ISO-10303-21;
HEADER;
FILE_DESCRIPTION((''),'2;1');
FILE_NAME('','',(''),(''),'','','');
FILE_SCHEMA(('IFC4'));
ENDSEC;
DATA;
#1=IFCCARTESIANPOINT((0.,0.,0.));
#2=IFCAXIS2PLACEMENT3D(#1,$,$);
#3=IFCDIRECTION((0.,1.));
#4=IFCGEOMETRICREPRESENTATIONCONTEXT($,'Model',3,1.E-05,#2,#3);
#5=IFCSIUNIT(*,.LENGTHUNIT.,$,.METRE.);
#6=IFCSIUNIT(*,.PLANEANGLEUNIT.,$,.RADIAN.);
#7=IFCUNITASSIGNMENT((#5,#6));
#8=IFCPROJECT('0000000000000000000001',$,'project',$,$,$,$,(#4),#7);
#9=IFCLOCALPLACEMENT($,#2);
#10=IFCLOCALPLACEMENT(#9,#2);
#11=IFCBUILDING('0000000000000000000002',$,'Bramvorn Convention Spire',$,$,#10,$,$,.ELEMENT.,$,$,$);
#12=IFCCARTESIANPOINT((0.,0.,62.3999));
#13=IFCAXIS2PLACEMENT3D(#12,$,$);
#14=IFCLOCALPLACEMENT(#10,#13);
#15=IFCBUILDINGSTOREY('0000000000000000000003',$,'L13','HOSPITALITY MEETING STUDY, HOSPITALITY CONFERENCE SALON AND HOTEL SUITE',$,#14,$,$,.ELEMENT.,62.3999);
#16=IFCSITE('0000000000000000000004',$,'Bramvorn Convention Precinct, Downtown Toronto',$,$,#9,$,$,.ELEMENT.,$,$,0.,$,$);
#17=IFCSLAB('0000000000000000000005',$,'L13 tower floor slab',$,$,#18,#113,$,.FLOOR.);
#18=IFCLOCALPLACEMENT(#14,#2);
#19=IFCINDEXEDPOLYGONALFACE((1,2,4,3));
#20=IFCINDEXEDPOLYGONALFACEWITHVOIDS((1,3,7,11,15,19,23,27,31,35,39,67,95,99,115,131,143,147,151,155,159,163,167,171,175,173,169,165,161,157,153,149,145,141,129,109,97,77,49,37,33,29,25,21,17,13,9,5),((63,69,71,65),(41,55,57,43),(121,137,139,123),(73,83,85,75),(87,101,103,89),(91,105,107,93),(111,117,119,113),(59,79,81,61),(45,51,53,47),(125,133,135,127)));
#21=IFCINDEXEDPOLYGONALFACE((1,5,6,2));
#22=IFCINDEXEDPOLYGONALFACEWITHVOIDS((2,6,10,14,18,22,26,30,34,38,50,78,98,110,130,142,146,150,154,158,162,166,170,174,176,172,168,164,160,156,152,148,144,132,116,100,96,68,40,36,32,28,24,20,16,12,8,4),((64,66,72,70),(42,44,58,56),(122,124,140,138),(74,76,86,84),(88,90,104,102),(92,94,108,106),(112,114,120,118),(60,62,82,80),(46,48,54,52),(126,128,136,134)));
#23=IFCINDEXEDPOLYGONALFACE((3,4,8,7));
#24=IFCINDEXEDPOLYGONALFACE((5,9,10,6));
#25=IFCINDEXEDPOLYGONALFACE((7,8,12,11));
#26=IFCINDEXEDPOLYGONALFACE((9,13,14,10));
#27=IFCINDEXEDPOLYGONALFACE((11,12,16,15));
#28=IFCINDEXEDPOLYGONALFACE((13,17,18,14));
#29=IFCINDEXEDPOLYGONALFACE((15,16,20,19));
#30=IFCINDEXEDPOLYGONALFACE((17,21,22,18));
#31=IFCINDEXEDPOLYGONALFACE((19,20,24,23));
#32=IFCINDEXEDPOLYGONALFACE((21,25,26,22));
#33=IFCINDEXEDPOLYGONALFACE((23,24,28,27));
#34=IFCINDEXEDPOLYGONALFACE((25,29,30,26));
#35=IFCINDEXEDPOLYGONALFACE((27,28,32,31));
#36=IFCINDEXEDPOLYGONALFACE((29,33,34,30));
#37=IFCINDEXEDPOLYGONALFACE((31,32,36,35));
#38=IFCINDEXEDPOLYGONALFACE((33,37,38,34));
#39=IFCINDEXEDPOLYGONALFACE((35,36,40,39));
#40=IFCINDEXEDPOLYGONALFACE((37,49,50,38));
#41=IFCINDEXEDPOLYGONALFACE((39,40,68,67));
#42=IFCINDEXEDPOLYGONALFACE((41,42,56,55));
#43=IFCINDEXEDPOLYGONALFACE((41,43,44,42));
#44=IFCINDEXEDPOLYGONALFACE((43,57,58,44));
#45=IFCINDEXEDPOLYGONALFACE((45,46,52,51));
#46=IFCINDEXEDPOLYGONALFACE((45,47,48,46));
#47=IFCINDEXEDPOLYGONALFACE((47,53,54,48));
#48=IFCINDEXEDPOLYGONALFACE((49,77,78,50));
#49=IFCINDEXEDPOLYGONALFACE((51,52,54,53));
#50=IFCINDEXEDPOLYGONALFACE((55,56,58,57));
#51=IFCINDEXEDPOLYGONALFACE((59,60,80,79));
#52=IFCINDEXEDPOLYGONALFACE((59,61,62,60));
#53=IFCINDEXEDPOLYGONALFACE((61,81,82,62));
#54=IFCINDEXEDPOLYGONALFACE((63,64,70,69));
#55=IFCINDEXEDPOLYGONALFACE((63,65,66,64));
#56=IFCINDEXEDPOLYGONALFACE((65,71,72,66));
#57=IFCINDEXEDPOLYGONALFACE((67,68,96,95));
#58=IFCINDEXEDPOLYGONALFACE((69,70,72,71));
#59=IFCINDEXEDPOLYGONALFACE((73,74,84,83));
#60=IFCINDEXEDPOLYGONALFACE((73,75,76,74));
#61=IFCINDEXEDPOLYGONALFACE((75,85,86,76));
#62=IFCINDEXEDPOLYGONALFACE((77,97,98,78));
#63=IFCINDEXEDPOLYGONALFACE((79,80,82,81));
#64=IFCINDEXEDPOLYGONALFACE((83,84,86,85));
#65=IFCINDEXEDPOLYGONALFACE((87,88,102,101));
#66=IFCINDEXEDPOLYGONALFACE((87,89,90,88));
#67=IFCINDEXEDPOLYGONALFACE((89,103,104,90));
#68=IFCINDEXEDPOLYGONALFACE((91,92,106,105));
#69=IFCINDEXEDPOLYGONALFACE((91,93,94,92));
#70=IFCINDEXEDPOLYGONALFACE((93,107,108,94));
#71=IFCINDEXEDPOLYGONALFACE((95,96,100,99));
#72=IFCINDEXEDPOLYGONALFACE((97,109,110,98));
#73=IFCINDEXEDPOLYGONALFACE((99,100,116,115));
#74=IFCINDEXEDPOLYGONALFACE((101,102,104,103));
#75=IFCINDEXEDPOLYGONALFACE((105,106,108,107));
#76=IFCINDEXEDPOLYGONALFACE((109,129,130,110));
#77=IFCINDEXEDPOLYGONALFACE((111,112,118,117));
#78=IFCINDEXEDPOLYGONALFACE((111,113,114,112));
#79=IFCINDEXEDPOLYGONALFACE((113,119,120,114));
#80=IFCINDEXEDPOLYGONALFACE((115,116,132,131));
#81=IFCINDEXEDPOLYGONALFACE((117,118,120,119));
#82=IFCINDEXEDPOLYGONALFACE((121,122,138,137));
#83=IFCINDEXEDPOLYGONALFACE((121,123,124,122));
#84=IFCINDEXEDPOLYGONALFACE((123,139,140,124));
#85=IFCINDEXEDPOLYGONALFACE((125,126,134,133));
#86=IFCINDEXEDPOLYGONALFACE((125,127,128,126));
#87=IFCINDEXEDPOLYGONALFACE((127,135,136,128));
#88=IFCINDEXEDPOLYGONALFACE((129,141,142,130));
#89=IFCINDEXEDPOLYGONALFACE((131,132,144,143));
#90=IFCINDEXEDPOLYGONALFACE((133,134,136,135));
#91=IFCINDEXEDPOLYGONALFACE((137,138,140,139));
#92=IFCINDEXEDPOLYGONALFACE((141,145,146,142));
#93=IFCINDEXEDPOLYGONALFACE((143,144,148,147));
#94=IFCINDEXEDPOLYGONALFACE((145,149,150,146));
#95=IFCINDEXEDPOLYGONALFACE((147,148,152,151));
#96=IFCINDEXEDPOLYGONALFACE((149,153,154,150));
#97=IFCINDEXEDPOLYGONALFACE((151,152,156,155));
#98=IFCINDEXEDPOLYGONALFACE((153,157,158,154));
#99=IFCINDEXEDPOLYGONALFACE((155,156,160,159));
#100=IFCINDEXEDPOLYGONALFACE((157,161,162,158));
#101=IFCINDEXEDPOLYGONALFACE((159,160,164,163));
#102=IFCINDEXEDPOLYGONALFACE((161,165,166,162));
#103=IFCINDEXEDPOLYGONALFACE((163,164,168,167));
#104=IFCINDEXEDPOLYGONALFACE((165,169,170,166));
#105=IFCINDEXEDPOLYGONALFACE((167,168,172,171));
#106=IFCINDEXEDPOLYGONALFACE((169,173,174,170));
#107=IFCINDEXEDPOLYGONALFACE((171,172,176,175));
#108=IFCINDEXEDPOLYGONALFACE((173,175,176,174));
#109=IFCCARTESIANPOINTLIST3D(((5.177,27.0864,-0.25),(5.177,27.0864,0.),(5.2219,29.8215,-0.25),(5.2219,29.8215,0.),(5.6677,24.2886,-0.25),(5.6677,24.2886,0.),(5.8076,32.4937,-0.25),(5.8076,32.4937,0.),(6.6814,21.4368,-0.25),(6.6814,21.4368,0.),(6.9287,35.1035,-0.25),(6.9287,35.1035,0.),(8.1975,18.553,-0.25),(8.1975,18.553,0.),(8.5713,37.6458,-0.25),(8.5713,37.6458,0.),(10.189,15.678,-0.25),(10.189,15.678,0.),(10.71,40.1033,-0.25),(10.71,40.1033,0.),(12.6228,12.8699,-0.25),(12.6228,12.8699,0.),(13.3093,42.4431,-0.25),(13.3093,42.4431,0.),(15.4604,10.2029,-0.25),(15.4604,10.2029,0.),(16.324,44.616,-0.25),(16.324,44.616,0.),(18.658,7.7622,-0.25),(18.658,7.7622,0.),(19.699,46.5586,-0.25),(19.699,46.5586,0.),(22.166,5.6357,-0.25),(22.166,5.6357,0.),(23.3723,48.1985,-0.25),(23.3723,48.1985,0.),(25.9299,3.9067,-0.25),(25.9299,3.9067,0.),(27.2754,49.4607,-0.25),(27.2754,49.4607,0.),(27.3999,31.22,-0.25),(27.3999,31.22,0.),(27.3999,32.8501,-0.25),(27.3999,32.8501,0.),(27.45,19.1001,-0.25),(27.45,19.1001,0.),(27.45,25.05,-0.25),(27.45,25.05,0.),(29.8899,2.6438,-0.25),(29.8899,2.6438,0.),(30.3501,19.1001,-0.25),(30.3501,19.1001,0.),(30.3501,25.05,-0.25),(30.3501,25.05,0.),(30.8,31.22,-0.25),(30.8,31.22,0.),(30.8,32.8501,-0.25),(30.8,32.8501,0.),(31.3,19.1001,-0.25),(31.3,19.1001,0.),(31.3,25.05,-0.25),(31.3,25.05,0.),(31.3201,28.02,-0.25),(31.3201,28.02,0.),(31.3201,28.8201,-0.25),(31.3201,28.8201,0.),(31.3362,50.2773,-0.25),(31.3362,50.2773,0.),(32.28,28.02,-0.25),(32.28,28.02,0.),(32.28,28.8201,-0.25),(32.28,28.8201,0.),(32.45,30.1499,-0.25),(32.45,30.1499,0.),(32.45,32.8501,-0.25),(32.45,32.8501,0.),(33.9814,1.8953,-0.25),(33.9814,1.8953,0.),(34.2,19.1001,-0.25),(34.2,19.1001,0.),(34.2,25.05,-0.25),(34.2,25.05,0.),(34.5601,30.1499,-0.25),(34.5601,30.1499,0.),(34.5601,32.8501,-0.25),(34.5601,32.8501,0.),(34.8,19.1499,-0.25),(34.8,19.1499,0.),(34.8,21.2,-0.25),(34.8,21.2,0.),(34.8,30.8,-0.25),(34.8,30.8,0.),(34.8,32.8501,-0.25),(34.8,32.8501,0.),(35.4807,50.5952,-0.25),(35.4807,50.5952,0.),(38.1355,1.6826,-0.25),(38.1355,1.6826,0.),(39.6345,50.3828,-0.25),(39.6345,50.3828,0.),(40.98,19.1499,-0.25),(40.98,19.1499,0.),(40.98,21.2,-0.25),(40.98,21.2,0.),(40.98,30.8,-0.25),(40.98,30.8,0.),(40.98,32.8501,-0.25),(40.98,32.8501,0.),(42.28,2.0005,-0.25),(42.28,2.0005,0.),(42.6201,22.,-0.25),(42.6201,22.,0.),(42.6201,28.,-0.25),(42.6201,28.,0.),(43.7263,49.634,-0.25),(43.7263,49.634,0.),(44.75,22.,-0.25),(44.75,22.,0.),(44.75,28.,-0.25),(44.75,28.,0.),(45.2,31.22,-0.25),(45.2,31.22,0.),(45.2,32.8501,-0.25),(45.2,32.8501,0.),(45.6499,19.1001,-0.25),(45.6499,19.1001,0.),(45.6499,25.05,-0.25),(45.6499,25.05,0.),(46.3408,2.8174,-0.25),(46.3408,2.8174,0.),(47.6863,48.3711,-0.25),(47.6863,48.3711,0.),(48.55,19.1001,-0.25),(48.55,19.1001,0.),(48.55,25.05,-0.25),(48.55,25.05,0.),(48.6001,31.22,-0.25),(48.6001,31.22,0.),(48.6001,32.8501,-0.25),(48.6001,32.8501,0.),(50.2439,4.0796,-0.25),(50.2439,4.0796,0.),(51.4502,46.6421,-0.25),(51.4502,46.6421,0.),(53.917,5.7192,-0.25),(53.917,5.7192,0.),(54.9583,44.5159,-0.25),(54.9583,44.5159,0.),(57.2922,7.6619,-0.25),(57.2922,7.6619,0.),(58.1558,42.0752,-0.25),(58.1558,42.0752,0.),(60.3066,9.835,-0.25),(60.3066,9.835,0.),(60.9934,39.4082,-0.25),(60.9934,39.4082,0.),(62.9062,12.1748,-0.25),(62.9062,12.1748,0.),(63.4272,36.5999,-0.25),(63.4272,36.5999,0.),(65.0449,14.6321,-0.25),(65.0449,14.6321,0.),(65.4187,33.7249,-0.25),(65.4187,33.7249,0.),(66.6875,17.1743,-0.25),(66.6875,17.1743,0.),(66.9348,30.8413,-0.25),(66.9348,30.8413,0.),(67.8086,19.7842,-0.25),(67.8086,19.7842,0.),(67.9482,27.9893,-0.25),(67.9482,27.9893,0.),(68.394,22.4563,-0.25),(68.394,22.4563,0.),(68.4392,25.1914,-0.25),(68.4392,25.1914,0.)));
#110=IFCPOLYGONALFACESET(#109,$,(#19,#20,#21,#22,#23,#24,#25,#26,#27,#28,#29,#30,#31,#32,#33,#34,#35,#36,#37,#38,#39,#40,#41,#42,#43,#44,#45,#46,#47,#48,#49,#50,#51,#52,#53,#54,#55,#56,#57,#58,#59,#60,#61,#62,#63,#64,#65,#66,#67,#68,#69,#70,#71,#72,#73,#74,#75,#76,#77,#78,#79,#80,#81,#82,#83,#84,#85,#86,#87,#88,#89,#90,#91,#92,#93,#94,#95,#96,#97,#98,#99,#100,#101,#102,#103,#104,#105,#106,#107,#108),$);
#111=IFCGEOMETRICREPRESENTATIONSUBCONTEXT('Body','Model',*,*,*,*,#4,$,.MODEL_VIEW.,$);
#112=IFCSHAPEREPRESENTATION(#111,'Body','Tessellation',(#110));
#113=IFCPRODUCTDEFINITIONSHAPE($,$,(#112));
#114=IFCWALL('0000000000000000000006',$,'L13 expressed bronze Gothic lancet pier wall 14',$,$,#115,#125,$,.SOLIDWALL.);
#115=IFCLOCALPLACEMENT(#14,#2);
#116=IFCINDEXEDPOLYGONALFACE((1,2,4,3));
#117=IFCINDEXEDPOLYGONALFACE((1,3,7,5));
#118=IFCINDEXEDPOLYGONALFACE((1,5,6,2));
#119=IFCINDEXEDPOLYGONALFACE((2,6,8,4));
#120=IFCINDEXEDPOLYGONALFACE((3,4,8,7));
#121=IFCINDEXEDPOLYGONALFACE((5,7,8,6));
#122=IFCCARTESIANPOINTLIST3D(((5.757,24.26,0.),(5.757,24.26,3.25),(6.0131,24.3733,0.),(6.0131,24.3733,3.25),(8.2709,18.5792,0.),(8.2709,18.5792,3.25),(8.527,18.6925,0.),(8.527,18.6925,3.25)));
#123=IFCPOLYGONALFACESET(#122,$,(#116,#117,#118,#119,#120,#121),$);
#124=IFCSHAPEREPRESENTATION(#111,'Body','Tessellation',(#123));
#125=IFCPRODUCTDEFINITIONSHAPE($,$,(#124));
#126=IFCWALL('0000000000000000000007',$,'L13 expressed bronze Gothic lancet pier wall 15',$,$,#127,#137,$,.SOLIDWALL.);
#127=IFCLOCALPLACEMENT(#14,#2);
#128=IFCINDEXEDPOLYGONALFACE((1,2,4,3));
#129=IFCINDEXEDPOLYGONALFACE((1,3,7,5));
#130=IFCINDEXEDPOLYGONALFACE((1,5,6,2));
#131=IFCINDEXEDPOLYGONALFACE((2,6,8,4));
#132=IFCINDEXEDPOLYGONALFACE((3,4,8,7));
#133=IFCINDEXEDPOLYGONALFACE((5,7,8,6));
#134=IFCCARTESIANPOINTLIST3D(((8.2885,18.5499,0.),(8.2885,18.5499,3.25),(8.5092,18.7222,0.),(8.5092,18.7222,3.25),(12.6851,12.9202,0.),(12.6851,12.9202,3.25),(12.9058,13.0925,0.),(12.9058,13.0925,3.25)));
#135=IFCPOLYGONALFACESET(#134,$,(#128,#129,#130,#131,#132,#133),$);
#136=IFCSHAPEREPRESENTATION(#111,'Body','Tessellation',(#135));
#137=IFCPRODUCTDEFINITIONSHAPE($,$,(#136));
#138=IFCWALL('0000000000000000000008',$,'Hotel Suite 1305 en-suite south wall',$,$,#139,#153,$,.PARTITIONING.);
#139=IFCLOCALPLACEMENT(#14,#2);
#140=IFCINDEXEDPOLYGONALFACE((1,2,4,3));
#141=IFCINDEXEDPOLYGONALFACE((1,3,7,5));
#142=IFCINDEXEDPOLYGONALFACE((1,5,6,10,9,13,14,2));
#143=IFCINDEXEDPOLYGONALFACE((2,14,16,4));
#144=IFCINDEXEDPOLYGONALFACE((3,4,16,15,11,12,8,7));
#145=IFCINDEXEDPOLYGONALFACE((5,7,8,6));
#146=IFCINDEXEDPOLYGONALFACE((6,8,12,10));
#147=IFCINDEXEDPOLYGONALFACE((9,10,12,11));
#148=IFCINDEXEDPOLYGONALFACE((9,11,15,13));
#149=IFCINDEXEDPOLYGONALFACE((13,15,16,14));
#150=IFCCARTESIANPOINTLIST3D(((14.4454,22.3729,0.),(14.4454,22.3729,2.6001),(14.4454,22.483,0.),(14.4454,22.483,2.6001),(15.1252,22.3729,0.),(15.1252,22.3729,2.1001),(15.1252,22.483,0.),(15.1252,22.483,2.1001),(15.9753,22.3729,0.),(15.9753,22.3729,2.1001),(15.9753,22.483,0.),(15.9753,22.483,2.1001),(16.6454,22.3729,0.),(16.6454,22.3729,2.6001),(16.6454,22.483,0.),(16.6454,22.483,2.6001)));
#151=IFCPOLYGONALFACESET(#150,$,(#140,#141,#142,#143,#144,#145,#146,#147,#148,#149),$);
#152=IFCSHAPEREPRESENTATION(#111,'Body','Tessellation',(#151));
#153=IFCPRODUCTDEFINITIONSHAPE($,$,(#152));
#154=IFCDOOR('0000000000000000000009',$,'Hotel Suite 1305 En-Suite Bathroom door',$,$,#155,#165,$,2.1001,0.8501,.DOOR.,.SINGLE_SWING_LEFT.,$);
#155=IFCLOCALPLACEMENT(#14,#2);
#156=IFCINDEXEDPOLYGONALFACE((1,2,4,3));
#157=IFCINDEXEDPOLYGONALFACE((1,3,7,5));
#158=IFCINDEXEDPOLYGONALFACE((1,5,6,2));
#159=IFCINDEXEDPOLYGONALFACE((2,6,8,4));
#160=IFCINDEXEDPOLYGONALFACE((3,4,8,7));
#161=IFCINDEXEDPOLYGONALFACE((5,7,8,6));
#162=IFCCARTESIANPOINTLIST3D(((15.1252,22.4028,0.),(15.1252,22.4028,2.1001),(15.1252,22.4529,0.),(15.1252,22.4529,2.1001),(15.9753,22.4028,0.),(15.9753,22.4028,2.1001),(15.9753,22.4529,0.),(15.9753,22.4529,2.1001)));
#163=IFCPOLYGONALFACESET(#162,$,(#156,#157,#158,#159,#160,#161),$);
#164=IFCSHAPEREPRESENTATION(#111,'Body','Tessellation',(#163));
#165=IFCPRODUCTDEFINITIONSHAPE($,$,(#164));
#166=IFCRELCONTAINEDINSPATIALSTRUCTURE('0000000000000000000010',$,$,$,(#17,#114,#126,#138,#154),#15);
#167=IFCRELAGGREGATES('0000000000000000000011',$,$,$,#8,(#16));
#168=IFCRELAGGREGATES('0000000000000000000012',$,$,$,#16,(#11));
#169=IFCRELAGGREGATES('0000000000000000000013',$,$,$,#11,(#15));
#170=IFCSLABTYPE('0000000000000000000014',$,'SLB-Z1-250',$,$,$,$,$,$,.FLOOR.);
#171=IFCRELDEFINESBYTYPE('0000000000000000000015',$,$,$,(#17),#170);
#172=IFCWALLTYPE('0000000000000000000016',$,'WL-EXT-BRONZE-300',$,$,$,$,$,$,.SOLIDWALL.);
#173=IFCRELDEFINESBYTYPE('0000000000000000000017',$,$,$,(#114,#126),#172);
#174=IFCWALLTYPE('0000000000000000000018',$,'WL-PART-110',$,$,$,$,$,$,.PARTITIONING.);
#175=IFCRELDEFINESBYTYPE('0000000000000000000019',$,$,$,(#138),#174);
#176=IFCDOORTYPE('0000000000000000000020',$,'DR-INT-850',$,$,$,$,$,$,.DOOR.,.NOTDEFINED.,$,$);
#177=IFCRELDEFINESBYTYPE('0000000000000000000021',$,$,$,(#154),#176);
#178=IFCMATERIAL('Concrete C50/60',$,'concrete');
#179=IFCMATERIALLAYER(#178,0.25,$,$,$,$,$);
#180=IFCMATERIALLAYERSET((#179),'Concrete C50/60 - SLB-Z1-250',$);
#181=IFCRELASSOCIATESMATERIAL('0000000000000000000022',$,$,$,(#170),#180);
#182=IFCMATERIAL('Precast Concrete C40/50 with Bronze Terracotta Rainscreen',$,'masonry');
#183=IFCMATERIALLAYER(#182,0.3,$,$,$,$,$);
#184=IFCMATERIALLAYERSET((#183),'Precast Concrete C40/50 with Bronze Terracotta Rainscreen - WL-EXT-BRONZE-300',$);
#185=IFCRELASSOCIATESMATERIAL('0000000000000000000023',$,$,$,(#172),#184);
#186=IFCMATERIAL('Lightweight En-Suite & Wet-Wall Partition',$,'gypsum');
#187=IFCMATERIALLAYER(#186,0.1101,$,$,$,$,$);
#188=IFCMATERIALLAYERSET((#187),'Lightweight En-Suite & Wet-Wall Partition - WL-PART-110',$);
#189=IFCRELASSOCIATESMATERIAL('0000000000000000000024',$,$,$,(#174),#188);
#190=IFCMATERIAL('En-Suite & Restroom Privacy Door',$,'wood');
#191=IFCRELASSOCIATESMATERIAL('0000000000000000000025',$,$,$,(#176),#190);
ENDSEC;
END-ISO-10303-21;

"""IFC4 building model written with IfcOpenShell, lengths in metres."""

from ifc_helpers import new_model, si_unit, direction, frame, frame_2d, origin, place, context, subcontext, project, spatial, polyline, rectangle, outline, extrude, material, layer, layer_set, type_object, element, fill, save


model = new_model("IFC4")

# Units and contexts
model_context = context("Model", 3, precision=1e-05, world=origin(), true_north=direction((0.0, 1.0)))
body_context = subcontext(model_context, "Body", "Model", "MODEL_VIEW")
ifc_project = project(units=[si_unit("LENGTHUNIT", "METRE"), si_unit("PLANEANGLEUNIT", "RADIAN")], contexts=[model_context])

# Site, building, storey
site_placement = place(None, origin())
site = spatial("IfcSite", under=ifc_project, at=site_placement, Name="Bramvorn Convention Precinct, Downtown Toronto", CompositionType="ELEMENT", RefElevation=0.0)
building_placement = place(site_placement, origin())
building = spatial("IfcBuilding", under=site, at=building_placement, Name="Bramvorn Convention Spire", CompositionType="ELEMENT")
storey_placement = place(building_placement, frame((0.0, 0.0, 62.3999)))
storey = spatial("IfcBuildingStorey", under=building, at=storey_placement, Name="L13", Description="HOSPITALITY MEETING STUDY, HOSPITALITY CONFERENCE SALON AND HOTEL SUITE", CompositionType="ELEMENT", Elevation=62.3999)

# Slab
ifc_material_1 = material(Name="Concrete C50/60", Category="concrete")
ifc_layer_1 = layer(ifc_material_1, 0.25)
ifc_layer_set_1 = layer_set([ifc_layer_1], Name="Concrete C50/60 - SLB-Z1-250")
slab_type_1 = type_object("IfcSlabType", Name="SLB-Z1-250", PredefinedType="FLOOR", material=ifc_layer_set_1)
slab_1_placement = place(storey_placement, frame((0.0, 0.0, -0.25)))
element("IfcSlab", 1, at=slab_1_placement, inside=storey, type_object=slab_type_1, Name="L13 tower floor slab", PredefinedType="FLOOR", context=body_context, shape_type="SweptSolid", body=[
    extrude(outline(polyline([(68.394, 22.4563), (68.4392, 25.1914), (67.9482, 27.9893), (66.9348, 30.8413), (65.4187, 33.7249), (63.4272, 36.5999), (60.9934, 39.4082), (58.1558, 42.0752), (54.9583, 44.5159), (51.4502, 46.6421), (47.6863, 48.3711), (43.7263, 49.634), (39.6345, 50.3828), (35.4807, 50.5952), (31.3362, 50.2773), (27.2754, 49.4607), (23.3723, 48.1985), (19.699, 46.5586), (16.324, 44.616), (13.3093, 42.4431), (10.71, 40.1033), (8.5713, 37.6458), (6.9287, 35.1035), (5.8076, 32.4937), (5.2219, 29.8215), (5.177, 27.0864), (5.6677, 24.2886), (6.6814, 21.4368), (8.1975, 18.553), (10.189, 15.678), (12.6228, 12.8699), (15.4604, 10.2029), (18.658, 7.7622), (22.166, 5.6357), (25.9299, 3.9067), (29.8899, 2.6438), (33.9814, 1.8953), (38.1355, 1.6826), (42.28, 2.0005), (46.3408, 2.8174), (50.2439, 4.0796), (53.917, 5.7192), (57.2922, 7.6619), (60.3066, 9.835), (62.9062, 12.1748), (65.0449, 14.6321), (66.6875, 17.1743), (67.8086, 19.7842), (68.394, 22.4563)]), holes=[polyline([(27.45, 25.05), (27.45, 19.1001), (30.3501, 19.1001), (30.3501, 25.05), (27.45, 25.05)]), polyline([(45.6499, 25.05), (45.6499, 19.1001), (48.55, 19.1001), (48.55, 25.05), (45.6499, 25.05)]), polyline([(31.3, 25.05), (31.3, 19.1001), (34.2, 19.1001), (34.2, 25.05), (31.3, 25.05)]), polyline([(27.3999, 31.22), (30.8, 31.22), (30.8, 32.8501), (27.3999, 32.8501), (27.3999, 31.22)]), polyline([(45.2, 31.22), (48.6001, 31.22), (48.6001, 32.8501), (45.2, 32.8501), (45.2, 31.22)]), polyline([(32.45, 30.1499), (34.5601, 30.1499), (34.5601, 32.8501), (32.45, 32.8501), (32.45, 30.1499)]), polyline([(34.8, 30.8), (40.98, 30.8), (40.98, 32.8501), (34.8, 32.8501), (34.8, 30.8)]), polyline([(34.8, 19.1499), (40.98, 19.1499), (40.98, 21.2), (34.8, 21.2), (34.8, 19.1499)]), polyline([(42.6201, 22.0), (44.75, 22.0), (44.75, 28.0), (42.6201, 28.0), (42.6201, 22.0)]), polyline([(31.3201, 28.02), (32.28, 28.02), (32.28, 28.8201), (31.3201, 28.8201), (31.3201, 28.02)])]), origin(), (0.0, 0.0, 1.0), 0.25),
])

# Walls
ifc_material_2 = material(Name="Precast Concrete C40/50 with Bronze Terracotta Rainscreen", Category="masonry")
ifc_layer_2 = layer(ifc_material_2, 0.3)
ifc_layer_set_2 = layer_set([ifc_layer_2], Name="Precast Concrete C40/50 with Bronze Terracotta Rainscreen - WL-EXT-BRONZE-300")
wall_type_1 = type_object("IfcWallType", Name="WL-EXT-BRONZE-300", PredefinedType="SOLIDWALL", material=ifc_layer_set_2)
wall_1_placement = place(storey_placement, frame((8.3989, 18.636, 0.0), z_axis=(0.0, 0.0, 1.0), x_axis=(-0.404683, 0.914457, 0.0)))
element("IfcWall", 2, at=wall_1_placement, inside=storey, type_object=wall_type_1, Name="L13 expressed bronze Gothic lancet pier wall 14", PredefinedType="SOLIDWALL", context=body_context, shape_type="SweptSolid", body=[
    extrude(rectangle(XDim=6.2122, YDim=0.28, at=frame_2d((3.106, 0.0))), origin(), (0.0, 0.0, 1.0), 3.25),
])
wall_2_placement = place(storey_placement, frame((12.7954, 13.0063, 0.0), z_axis=(0.0, 0.0, 1.0), x_axis=(-0.615499, 0.788138, 0.0)))
element("IfcWall", 3, at=wall_2_placement, inside=storey, type_object=wall_type_1, Name="L13 expressed bronze Gothic lancet pier wall 15", PredefinedType="SOLIDWALL", context=body_context, shape_type="SweptSolid", body=[
    extrude(rectangle(XDim=7.1431, YDim=0.28, at=frame_2d((3.5715, 0.0))), origin(), (0.0, 0.0, 1.0), 3.25),
])

# Wall, opening, door
ifc_material_3 = material(Name="Lightweight En-Suite & Wet-Wall Partition", Category="gypsum")
ifc_layer_3 = layer(ifc_material_3, 0.1101)
ifc_layer_set_3 = layer_set([ifc_layer_3], Name="Lightweight En-Suite & Wet-Wall Partition - WL-PART-110")
wall_type_2 = type_object("IfcWallType", Name="WL-PART-110", PredefinedType="PARTITIONING", material=ifc_layer_set_3)
wall_3_placement = place(storey_placement, frame((14.4453, 22.428, 0.0), z_axis=(0.0, 0.0, 1.0), x_axis=(1.0, 0.0, 0.0)))
wall_3 = element("IfcWall", 4, at=wall_3_placement, inside=storey, type_object=wall_type_2, Name="Hotel Suite 1305 en-suite south wall", PredefinedType="PARTITIONING", context=body_context, shape_type="SweptSolid", body=[
    extrude(rectangle(XDim=2.2, YDim=0.1101, at=frame_2d((1.1001, 0.0))), origin(), (0.0, 0.0, 1.0), 2.6001),
])
opening_placement = place(wall_3_placement, frame((0.6799, 0.0, 0.0)))
opening = element("IfcOpeningElement", 5, at=opening_placement, cuts=wall_3, PredefinedType="OPENING", context=body_context, shape_type="SweptSolid", body=[
    extrude(rectangle(XDim=0.8501, YDim=2.1001, at=frame_2d((0.425, 1.05))), frame((0.0, 0.0649, 0.0), z_axis=(0.0, -1.0, 0.0), x_axis=(1.0, 0.0, 0.0)), (0.0, 0.0, 1.0), 0.1301),
])
ifc_material_4 = material(Name="En-Suite & Restroom Privacy Door", Category="wood")
door_type = type_object("IfcDoorType", Name="DR-INT-850", OperationType="NOTDEFINED", PredefinedType="DOOR", material=ifc_material_4)
door_placement = place(opening_placement, origin())
door = element("IfcDoor", 6, at=door_placement, inside=storey, type_object=door_type, Name="Hotel Suite 1305 En-Suite Bathroom door", OperationType="SINGLE_SWING_LEFT", OverallHeight=2.1001, OverallWidth=0.8501, PredefinedType="DOOR", context=body_context, shape_type="SweptSolid", body=[
    extrude(rectangle(XDim=0.8501, YDim=2.1001, at=frame_2d((0.425, 1.05))), frame((0.0, 0.0249, 0.0), z_axis=(0.0, -1.0, 0.0), x_axis=(1.0, 0.0, 0.0)), (0.0, 0.0, 1.0), 0.05),
])
fill(opening, door)

save(model, "model.ifc")
